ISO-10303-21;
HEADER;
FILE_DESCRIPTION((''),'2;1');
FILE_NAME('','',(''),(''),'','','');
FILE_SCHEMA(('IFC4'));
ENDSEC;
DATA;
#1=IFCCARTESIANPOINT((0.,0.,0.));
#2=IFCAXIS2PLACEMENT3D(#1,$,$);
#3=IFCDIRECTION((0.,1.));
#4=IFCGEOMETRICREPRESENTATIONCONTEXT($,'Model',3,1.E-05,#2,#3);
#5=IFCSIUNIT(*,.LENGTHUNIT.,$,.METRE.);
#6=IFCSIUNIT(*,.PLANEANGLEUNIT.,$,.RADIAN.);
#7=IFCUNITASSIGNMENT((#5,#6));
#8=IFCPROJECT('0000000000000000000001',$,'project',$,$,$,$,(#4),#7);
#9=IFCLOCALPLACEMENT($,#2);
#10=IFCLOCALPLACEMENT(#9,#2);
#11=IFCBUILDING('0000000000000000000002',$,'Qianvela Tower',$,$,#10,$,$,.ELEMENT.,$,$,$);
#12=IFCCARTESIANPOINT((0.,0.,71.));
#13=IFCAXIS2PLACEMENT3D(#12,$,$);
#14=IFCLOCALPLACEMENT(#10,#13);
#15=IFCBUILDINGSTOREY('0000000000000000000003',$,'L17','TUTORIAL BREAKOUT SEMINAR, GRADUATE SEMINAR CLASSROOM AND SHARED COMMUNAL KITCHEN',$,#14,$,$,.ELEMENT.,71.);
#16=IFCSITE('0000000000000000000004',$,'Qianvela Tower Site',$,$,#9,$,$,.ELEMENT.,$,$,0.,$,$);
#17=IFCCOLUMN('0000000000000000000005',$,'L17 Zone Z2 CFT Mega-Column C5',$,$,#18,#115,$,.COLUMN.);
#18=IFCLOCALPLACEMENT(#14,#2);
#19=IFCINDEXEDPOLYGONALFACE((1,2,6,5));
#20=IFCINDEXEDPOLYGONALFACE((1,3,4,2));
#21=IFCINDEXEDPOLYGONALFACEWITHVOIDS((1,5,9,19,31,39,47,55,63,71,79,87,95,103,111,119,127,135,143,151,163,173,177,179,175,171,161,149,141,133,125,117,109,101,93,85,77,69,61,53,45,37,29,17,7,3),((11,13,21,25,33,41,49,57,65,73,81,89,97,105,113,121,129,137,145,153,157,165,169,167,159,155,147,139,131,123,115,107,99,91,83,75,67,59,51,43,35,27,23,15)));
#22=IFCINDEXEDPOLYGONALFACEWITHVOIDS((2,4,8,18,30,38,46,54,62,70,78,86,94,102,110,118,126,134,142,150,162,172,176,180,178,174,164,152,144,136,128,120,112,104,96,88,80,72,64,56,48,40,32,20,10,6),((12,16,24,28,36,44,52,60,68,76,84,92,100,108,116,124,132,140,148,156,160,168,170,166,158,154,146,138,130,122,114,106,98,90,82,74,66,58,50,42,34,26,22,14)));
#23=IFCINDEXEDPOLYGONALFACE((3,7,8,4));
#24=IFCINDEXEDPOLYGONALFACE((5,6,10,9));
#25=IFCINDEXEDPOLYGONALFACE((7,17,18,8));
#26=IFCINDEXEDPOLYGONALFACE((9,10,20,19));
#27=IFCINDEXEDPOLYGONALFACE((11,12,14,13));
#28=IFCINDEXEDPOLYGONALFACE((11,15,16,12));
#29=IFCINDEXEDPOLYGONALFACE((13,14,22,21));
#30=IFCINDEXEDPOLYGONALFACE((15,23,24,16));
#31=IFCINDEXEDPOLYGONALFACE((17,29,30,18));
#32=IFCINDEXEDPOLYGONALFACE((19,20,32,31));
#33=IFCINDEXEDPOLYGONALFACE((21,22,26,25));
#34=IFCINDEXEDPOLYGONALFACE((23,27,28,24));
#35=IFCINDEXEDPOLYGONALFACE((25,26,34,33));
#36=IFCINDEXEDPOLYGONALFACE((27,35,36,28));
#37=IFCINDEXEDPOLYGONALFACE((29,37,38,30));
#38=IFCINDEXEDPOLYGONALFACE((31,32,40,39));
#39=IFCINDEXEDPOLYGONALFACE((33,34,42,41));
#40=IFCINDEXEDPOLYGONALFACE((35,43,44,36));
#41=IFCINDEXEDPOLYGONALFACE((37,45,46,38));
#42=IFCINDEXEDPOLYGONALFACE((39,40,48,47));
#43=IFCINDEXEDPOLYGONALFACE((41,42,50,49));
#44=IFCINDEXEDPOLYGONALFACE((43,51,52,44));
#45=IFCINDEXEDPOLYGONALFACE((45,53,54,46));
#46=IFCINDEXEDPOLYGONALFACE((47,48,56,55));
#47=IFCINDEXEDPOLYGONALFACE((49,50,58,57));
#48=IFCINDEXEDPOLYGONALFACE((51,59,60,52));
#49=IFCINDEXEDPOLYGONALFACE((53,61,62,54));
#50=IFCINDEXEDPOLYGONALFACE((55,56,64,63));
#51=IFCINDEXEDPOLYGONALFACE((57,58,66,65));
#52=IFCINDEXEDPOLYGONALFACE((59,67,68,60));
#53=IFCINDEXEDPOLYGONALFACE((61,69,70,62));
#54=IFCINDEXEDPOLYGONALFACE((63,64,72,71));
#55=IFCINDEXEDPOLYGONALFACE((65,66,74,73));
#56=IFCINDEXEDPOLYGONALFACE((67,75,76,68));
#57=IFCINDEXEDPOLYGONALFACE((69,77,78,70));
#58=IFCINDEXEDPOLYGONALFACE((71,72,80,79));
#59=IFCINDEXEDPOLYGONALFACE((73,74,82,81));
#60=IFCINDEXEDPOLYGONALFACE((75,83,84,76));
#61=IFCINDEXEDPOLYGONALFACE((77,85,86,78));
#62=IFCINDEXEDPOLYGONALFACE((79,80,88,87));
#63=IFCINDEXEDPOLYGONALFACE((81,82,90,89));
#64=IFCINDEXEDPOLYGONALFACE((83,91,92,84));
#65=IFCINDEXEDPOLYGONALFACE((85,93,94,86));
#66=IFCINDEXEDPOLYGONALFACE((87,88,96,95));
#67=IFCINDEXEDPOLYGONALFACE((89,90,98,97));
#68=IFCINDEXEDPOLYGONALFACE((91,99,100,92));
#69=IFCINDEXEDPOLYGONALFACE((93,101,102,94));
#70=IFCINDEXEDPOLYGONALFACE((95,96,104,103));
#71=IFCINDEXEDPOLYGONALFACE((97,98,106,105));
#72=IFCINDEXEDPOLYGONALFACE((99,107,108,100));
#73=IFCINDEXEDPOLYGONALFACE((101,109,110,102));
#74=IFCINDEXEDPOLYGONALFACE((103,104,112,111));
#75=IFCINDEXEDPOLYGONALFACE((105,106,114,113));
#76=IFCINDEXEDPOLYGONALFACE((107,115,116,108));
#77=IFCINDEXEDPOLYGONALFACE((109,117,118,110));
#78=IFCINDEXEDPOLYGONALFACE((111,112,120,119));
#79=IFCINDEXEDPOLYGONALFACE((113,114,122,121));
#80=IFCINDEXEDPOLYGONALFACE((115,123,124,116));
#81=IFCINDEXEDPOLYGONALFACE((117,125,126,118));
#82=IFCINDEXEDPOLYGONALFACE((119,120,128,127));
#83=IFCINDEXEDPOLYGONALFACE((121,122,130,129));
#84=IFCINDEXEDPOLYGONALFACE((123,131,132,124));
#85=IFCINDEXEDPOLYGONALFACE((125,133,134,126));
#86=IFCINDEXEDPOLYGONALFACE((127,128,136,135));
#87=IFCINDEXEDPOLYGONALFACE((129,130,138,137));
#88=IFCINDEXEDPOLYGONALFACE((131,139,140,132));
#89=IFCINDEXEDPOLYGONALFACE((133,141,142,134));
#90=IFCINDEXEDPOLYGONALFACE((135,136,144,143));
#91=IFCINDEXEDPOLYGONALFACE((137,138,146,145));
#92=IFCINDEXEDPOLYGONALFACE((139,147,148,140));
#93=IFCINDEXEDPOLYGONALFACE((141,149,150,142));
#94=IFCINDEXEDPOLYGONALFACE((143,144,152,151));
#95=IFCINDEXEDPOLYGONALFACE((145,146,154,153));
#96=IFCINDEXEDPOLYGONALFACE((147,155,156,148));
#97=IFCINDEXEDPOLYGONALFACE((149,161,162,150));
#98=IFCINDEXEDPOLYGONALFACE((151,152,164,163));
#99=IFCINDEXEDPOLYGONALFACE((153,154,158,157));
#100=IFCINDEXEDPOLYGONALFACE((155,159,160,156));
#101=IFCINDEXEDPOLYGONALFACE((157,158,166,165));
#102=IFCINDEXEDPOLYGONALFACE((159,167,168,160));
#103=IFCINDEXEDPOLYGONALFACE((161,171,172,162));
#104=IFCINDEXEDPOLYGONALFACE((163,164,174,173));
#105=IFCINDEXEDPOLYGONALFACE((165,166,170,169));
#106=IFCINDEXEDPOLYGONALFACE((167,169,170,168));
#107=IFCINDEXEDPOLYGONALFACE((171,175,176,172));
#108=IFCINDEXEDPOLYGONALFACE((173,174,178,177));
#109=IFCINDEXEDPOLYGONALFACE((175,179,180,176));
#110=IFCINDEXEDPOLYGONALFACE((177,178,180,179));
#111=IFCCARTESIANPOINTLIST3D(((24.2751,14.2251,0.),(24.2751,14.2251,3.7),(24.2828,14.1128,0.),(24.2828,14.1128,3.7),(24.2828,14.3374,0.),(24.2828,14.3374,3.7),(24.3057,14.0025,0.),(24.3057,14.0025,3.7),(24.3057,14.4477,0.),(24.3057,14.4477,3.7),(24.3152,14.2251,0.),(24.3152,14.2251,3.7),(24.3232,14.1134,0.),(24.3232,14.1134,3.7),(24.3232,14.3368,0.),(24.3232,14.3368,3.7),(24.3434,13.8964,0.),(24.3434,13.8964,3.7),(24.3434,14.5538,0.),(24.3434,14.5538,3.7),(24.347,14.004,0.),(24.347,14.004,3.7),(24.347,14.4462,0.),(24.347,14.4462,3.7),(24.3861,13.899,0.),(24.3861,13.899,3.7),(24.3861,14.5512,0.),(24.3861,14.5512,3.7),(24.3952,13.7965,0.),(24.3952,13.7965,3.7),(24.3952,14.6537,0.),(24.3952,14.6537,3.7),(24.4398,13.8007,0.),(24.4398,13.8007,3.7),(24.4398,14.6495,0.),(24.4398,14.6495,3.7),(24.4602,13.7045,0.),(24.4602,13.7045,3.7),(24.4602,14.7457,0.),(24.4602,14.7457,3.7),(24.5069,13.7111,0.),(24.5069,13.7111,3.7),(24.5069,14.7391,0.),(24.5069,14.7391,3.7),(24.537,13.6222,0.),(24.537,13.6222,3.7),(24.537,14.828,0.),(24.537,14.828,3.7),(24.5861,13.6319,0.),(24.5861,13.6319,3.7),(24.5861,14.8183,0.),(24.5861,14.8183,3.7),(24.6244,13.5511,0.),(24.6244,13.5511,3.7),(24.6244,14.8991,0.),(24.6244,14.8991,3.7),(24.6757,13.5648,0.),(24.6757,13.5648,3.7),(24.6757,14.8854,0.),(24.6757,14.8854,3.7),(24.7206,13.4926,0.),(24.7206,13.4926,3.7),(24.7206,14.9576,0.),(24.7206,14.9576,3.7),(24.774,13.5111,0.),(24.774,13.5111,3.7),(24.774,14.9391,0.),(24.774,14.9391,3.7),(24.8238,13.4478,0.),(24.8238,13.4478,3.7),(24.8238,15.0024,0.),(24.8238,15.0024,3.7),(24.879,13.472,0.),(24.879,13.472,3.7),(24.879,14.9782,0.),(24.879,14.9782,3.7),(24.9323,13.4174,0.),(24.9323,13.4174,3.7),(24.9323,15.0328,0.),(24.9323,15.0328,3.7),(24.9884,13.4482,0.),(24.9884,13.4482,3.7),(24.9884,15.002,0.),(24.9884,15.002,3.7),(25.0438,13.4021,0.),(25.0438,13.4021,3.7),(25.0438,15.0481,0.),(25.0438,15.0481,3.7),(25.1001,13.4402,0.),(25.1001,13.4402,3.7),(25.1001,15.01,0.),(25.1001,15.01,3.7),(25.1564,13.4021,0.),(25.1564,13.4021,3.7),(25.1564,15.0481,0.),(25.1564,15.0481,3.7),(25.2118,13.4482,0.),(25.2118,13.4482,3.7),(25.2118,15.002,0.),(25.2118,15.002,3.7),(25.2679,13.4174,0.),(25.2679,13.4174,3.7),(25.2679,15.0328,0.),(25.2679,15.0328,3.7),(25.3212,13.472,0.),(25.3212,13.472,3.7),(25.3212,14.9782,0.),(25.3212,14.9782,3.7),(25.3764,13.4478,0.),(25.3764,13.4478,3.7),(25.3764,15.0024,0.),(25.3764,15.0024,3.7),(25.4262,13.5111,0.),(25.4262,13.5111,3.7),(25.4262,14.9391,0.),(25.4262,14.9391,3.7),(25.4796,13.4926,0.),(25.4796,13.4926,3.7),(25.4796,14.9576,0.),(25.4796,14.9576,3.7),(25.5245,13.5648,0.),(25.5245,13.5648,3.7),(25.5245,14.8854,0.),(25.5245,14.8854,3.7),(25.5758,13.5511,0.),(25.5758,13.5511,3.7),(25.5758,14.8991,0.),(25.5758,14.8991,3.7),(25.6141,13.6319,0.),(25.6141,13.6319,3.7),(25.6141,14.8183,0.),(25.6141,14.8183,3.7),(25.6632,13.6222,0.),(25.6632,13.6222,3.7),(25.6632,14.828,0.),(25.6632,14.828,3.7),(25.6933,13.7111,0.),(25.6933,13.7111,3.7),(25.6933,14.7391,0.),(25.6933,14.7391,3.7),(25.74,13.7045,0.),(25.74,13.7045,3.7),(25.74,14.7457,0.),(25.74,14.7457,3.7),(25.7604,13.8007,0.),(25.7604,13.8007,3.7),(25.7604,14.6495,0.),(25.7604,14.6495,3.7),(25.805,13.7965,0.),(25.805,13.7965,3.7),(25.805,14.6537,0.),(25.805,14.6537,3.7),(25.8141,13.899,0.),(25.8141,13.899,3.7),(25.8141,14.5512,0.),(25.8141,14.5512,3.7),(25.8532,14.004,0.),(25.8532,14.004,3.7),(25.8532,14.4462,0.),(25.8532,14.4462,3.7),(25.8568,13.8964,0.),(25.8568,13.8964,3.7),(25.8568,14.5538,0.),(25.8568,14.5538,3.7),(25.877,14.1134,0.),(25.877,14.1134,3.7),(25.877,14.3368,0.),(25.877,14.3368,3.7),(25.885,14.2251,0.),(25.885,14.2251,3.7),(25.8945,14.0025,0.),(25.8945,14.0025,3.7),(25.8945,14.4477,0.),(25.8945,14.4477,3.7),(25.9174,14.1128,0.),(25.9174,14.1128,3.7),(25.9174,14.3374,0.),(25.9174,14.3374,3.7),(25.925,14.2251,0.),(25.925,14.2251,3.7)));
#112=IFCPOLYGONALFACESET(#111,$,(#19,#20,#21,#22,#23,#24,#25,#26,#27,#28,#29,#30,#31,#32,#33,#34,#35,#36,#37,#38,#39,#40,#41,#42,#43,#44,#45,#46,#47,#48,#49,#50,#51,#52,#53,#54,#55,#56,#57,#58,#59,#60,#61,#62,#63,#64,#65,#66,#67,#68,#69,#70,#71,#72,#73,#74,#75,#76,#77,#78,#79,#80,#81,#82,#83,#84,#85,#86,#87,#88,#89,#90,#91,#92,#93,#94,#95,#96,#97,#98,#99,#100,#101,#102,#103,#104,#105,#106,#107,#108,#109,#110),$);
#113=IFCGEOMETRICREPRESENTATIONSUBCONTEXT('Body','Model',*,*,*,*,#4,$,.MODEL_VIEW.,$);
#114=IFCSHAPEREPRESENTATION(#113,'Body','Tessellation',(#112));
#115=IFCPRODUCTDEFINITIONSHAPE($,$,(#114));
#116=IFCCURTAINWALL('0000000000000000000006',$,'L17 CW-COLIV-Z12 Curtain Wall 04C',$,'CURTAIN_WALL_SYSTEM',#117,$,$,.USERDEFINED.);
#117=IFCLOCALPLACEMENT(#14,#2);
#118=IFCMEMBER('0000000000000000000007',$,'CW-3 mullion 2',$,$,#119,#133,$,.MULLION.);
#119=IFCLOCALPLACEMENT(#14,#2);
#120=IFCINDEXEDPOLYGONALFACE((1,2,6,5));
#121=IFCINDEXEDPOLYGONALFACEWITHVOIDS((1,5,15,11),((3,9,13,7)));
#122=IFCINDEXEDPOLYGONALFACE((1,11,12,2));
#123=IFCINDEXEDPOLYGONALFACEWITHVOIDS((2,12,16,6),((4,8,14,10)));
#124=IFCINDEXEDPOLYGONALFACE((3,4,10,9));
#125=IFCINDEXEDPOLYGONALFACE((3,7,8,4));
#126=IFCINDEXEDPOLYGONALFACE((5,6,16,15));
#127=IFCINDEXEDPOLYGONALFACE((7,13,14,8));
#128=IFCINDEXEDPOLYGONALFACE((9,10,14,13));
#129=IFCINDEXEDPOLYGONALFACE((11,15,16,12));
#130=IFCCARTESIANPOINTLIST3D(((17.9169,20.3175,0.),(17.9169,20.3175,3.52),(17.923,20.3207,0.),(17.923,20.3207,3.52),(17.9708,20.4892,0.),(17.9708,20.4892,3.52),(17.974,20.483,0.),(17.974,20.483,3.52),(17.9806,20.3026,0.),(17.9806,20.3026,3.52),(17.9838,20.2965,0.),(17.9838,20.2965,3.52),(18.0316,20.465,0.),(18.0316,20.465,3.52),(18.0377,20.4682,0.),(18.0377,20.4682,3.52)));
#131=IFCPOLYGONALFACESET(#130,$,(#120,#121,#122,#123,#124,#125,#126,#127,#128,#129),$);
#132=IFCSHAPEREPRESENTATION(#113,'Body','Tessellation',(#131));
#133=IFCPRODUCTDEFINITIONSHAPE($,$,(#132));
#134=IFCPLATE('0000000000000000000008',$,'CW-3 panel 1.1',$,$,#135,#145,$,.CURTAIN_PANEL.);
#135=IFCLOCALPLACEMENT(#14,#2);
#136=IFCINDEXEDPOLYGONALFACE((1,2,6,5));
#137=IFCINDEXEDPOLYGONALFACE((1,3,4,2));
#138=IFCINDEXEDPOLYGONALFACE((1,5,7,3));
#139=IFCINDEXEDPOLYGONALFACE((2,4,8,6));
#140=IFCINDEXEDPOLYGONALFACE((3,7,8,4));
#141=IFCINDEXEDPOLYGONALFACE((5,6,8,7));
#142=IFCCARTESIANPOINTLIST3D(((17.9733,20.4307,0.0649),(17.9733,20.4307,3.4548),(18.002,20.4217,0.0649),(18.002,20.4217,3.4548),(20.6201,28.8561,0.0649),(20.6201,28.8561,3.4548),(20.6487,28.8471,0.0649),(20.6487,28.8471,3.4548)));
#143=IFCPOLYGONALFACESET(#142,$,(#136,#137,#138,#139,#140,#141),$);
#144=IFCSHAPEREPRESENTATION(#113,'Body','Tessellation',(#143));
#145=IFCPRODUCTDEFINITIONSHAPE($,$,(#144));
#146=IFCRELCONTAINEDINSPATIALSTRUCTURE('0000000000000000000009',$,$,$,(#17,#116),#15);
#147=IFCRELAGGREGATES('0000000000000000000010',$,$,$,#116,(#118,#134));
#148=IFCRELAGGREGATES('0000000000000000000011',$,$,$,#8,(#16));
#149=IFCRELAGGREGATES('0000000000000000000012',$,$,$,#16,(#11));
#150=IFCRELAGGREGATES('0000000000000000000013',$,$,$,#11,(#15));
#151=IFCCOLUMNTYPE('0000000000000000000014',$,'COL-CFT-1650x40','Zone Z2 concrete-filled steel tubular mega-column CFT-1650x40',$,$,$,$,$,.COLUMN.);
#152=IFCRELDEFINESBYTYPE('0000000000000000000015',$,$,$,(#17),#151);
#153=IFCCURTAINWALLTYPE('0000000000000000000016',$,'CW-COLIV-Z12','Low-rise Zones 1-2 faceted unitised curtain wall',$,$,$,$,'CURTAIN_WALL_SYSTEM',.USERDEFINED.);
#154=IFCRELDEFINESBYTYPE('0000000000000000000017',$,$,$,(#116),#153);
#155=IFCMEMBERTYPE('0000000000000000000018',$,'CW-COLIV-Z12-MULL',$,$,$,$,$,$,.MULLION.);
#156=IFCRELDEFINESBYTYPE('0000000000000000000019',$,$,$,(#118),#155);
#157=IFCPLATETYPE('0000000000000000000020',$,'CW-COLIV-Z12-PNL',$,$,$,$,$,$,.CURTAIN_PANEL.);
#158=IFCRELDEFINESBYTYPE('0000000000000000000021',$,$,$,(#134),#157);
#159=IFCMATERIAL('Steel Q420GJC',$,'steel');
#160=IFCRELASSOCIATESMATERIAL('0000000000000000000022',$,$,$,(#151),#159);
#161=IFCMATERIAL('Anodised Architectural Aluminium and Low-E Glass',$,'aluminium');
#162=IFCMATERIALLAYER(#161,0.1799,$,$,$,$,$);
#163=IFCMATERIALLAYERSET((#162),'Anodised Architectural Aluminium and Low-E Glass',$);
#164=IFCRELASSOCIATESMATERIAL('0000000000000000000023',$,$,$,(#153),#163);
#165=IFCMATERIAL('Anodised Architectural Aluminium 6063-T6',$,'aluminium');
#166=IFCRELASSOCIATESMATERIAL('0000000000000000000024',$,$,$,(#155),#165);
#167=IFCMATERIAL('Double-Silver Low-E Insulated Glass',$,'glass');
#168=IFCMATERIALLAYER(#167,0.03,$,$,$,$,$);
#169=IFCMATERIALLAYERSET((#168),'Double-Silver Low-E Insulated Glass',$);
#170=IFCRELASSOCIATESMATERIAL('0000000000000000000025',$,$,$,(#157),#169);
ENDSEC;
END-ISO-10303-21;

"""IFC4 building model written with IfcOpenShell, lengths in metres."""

from ifc_helpers import new_model, si_unit, direction, frame, origin, origin_2d, place, context, subcontext, project, spatial, rectangle, hollow_rectangle, hollow_circle, extrude, material, layer, layer_set, material_profile, profile_set, type_object, element, aggregate, save


model = new_model("IFC4")

# Units and contexts
model_context = context("Model", 3, precision=1e-05, world=origin(), true_north=direction((0.0, 1.0)))
body_context = subcontext(model_context, "Body", "Model", "MODEL_VIEW")
ifc_project = project(units=[si_unit("LENGTHUNIT", "METRE"), si_unit("PLANEANGLEUNIT", "RADIAN")], contexts=[model_context])

# Site, building, storey
site_placement = place(None, origin())
site = spatial("IfcSite", under=ifc_project, at=site_placement, Name="Qianvela Tower Site", CompositionType="ELEMENT", RefElevation=0.0)
building_placement = place(site_placement, origin())
building = spatial("IfcBuilding", under=site, at=building_placement, Name="Qianvela Tower", CompositionType="ELEMENT")
storey_placement = place(building_placement, frame((0.0, 0.0, 71.0)))
storey = spatial("IfcBuildingStorey", under=building, at=storey_placement, Name="L17", Description="TUTORIAL BREAKOUT SEMINAR, GRADUATE SEMINAR CLASSROOM AND SHARED COMMUNAL KITCHEN", CompositionType="ELEMENT", Elevation=71.0)

# Column
ifc_material_1 = material(Name="Steel Q420GJC", Category="steel")
ifc_material_profile_1 = material_profile(ifc_material_1, hollow_circle(Radius=0.825, WallThickness=0.04, at=origin_2d()), Name="CFT-1650x40")
ifc_profile_set_1 = profile_set([ifc_material_profile_1], Name="Steel Q420GJC")
column_type = type_object("IfcColumnType", Name="COL-CFT-1650x40", Description="Zone Z2 concrete-filled steel tubular mega-column CFT-1650x40", PredefinedType="COLUMN", material=ifc_profile_set_1)
column_placement = place(storey_placement, frame((25.1001, 14.2251, 0.0), z_axis=(0.0, 0.0, 1.0), x_axis=(1.0, 0.0, 0.0)))
element("IfcColumn", 1, at=column_placement, inside=storey, type_object=column_type, Name="L17 Zone Z2 CFT Mega-Column C5", PredefinedType="COLUMN", context=body_context, shape_type="SweptSolid", body=[
    extrude(hollow_circle(Radius=0.825, WallThickness=0.04, at=origin_2d()), origin(), (0.0, 0.0, 1.0), 3.7),
])

# Curtain wall, member, plate
ifc_material_2 = material(Name="Anodised Architectural Aluminium and Low-E Glass", Category="aluminium")
ifc_layer_1 = layer(ifc_material_2, 0.1799)
ifc_layer_set_1 = layer_set([ifc_layer_1], Name="Anodised Architectural Aluminium and Low-E Glass")
curtain_wall_type = type_object("IfcCurtainWallType", Name="CW-COLIV-Z12", Description="Low-rise Zones 1-2 faceted unitised curtain wall", ElementType="CURTAIN_WALL_SYSTEM", PredefinedType="USERDEFINED", material=ifc_layer_set_1)
curtain_wall_placement = place(storey_placement, origin())
curtain_wall = element("IfcCurtainWall", 2, at=curtain_wall_placement, inside=storey, type_object=curtain_wall_type, Name="L17 CW-COLIV-Z12 Curtain Wall 04C", ObjectType="CURTAIN_WALL_SYSTEM", PredefinedType="USERDEFINED")
ifc_material_3 = material(Name="Anodised Architectural Aluminium 6063-T6", Category="aluminium")
ifc_material_profile_2 = material_profile(ifc_material_3, hollow_rectangle(XDim=0.0701, YDim=0.1799, WallThickness=0.0049, at=origin_2d()), Name="ALU-MULL-70x180")
ifc_profile_set_2 = profile_set([ifc_material_profile_2], Name="Anodised Architectural Aluminium 6063-T6")
member_type = type_object("IfcMemberType", Name="CW-COLIV-Z12-MULL", PredefinedType="MULLION", material=ifc_profile_set_2)
member_placement = place(storey_placement, frame((17.9773, 20.3928, 0.0), z_axis=(0.0, 0.0, 1.0), x_axis=(0.954032, -0.299704, 0.0)))
member = element("IfcMember", 3, at=member_placement, type_object=member_type, Name="CW-3 mullion 2", PredefinedType="MULLION", context=body_context, shape_type="SweptSolid", body=[
    extrude(hollow_rectangle(XDim=0.0701, YDim=0.1799, WallThickness=0.0049, at=origin_2d()), origin(), (0.0, 0.0, 1.0), 3.52),
])
ifc_material_4 = material(Name="Double-Silver Low-E Insulated Glass", Category="glass")
ifc_layer_2 = layer(ifc_material_4, 0.03)
ifc_layer_set_2 = layer_set([ifc_layer_2], Name="Double-Silver Low-E Insulated Glass")
plate_type_1 = type_object("IfcPlateType", Name="CW-COLIV-Z12-PNL", PredefinedType="CURTAIN_PANEL", material=ifc_layer_set_2)
plate_placement = place(storey_placement, frame((19.311, 24.6389, 0.0649), z_axis=(0.0, 0.0, 1.0), x_axis=(-0.299704, -0.954032, 0.0)))
plate = element("IfcPlate", 4, at=plate_placement, type_object=plate_type_1, Name="CW-3 panel 1.1", PredefinedType="CURTAIN_PANEL", context=body_context, shape_type="SweptSolid", body=[
    extrude(rectangle(XDim=8.8313, YDim=0.03, at=origin_2d()), origin(), (0.0, 0.0, 1.0), 3.3899),
])
aggregate(curtain_wall, [member, plate])

save(model, "model.ifc")
